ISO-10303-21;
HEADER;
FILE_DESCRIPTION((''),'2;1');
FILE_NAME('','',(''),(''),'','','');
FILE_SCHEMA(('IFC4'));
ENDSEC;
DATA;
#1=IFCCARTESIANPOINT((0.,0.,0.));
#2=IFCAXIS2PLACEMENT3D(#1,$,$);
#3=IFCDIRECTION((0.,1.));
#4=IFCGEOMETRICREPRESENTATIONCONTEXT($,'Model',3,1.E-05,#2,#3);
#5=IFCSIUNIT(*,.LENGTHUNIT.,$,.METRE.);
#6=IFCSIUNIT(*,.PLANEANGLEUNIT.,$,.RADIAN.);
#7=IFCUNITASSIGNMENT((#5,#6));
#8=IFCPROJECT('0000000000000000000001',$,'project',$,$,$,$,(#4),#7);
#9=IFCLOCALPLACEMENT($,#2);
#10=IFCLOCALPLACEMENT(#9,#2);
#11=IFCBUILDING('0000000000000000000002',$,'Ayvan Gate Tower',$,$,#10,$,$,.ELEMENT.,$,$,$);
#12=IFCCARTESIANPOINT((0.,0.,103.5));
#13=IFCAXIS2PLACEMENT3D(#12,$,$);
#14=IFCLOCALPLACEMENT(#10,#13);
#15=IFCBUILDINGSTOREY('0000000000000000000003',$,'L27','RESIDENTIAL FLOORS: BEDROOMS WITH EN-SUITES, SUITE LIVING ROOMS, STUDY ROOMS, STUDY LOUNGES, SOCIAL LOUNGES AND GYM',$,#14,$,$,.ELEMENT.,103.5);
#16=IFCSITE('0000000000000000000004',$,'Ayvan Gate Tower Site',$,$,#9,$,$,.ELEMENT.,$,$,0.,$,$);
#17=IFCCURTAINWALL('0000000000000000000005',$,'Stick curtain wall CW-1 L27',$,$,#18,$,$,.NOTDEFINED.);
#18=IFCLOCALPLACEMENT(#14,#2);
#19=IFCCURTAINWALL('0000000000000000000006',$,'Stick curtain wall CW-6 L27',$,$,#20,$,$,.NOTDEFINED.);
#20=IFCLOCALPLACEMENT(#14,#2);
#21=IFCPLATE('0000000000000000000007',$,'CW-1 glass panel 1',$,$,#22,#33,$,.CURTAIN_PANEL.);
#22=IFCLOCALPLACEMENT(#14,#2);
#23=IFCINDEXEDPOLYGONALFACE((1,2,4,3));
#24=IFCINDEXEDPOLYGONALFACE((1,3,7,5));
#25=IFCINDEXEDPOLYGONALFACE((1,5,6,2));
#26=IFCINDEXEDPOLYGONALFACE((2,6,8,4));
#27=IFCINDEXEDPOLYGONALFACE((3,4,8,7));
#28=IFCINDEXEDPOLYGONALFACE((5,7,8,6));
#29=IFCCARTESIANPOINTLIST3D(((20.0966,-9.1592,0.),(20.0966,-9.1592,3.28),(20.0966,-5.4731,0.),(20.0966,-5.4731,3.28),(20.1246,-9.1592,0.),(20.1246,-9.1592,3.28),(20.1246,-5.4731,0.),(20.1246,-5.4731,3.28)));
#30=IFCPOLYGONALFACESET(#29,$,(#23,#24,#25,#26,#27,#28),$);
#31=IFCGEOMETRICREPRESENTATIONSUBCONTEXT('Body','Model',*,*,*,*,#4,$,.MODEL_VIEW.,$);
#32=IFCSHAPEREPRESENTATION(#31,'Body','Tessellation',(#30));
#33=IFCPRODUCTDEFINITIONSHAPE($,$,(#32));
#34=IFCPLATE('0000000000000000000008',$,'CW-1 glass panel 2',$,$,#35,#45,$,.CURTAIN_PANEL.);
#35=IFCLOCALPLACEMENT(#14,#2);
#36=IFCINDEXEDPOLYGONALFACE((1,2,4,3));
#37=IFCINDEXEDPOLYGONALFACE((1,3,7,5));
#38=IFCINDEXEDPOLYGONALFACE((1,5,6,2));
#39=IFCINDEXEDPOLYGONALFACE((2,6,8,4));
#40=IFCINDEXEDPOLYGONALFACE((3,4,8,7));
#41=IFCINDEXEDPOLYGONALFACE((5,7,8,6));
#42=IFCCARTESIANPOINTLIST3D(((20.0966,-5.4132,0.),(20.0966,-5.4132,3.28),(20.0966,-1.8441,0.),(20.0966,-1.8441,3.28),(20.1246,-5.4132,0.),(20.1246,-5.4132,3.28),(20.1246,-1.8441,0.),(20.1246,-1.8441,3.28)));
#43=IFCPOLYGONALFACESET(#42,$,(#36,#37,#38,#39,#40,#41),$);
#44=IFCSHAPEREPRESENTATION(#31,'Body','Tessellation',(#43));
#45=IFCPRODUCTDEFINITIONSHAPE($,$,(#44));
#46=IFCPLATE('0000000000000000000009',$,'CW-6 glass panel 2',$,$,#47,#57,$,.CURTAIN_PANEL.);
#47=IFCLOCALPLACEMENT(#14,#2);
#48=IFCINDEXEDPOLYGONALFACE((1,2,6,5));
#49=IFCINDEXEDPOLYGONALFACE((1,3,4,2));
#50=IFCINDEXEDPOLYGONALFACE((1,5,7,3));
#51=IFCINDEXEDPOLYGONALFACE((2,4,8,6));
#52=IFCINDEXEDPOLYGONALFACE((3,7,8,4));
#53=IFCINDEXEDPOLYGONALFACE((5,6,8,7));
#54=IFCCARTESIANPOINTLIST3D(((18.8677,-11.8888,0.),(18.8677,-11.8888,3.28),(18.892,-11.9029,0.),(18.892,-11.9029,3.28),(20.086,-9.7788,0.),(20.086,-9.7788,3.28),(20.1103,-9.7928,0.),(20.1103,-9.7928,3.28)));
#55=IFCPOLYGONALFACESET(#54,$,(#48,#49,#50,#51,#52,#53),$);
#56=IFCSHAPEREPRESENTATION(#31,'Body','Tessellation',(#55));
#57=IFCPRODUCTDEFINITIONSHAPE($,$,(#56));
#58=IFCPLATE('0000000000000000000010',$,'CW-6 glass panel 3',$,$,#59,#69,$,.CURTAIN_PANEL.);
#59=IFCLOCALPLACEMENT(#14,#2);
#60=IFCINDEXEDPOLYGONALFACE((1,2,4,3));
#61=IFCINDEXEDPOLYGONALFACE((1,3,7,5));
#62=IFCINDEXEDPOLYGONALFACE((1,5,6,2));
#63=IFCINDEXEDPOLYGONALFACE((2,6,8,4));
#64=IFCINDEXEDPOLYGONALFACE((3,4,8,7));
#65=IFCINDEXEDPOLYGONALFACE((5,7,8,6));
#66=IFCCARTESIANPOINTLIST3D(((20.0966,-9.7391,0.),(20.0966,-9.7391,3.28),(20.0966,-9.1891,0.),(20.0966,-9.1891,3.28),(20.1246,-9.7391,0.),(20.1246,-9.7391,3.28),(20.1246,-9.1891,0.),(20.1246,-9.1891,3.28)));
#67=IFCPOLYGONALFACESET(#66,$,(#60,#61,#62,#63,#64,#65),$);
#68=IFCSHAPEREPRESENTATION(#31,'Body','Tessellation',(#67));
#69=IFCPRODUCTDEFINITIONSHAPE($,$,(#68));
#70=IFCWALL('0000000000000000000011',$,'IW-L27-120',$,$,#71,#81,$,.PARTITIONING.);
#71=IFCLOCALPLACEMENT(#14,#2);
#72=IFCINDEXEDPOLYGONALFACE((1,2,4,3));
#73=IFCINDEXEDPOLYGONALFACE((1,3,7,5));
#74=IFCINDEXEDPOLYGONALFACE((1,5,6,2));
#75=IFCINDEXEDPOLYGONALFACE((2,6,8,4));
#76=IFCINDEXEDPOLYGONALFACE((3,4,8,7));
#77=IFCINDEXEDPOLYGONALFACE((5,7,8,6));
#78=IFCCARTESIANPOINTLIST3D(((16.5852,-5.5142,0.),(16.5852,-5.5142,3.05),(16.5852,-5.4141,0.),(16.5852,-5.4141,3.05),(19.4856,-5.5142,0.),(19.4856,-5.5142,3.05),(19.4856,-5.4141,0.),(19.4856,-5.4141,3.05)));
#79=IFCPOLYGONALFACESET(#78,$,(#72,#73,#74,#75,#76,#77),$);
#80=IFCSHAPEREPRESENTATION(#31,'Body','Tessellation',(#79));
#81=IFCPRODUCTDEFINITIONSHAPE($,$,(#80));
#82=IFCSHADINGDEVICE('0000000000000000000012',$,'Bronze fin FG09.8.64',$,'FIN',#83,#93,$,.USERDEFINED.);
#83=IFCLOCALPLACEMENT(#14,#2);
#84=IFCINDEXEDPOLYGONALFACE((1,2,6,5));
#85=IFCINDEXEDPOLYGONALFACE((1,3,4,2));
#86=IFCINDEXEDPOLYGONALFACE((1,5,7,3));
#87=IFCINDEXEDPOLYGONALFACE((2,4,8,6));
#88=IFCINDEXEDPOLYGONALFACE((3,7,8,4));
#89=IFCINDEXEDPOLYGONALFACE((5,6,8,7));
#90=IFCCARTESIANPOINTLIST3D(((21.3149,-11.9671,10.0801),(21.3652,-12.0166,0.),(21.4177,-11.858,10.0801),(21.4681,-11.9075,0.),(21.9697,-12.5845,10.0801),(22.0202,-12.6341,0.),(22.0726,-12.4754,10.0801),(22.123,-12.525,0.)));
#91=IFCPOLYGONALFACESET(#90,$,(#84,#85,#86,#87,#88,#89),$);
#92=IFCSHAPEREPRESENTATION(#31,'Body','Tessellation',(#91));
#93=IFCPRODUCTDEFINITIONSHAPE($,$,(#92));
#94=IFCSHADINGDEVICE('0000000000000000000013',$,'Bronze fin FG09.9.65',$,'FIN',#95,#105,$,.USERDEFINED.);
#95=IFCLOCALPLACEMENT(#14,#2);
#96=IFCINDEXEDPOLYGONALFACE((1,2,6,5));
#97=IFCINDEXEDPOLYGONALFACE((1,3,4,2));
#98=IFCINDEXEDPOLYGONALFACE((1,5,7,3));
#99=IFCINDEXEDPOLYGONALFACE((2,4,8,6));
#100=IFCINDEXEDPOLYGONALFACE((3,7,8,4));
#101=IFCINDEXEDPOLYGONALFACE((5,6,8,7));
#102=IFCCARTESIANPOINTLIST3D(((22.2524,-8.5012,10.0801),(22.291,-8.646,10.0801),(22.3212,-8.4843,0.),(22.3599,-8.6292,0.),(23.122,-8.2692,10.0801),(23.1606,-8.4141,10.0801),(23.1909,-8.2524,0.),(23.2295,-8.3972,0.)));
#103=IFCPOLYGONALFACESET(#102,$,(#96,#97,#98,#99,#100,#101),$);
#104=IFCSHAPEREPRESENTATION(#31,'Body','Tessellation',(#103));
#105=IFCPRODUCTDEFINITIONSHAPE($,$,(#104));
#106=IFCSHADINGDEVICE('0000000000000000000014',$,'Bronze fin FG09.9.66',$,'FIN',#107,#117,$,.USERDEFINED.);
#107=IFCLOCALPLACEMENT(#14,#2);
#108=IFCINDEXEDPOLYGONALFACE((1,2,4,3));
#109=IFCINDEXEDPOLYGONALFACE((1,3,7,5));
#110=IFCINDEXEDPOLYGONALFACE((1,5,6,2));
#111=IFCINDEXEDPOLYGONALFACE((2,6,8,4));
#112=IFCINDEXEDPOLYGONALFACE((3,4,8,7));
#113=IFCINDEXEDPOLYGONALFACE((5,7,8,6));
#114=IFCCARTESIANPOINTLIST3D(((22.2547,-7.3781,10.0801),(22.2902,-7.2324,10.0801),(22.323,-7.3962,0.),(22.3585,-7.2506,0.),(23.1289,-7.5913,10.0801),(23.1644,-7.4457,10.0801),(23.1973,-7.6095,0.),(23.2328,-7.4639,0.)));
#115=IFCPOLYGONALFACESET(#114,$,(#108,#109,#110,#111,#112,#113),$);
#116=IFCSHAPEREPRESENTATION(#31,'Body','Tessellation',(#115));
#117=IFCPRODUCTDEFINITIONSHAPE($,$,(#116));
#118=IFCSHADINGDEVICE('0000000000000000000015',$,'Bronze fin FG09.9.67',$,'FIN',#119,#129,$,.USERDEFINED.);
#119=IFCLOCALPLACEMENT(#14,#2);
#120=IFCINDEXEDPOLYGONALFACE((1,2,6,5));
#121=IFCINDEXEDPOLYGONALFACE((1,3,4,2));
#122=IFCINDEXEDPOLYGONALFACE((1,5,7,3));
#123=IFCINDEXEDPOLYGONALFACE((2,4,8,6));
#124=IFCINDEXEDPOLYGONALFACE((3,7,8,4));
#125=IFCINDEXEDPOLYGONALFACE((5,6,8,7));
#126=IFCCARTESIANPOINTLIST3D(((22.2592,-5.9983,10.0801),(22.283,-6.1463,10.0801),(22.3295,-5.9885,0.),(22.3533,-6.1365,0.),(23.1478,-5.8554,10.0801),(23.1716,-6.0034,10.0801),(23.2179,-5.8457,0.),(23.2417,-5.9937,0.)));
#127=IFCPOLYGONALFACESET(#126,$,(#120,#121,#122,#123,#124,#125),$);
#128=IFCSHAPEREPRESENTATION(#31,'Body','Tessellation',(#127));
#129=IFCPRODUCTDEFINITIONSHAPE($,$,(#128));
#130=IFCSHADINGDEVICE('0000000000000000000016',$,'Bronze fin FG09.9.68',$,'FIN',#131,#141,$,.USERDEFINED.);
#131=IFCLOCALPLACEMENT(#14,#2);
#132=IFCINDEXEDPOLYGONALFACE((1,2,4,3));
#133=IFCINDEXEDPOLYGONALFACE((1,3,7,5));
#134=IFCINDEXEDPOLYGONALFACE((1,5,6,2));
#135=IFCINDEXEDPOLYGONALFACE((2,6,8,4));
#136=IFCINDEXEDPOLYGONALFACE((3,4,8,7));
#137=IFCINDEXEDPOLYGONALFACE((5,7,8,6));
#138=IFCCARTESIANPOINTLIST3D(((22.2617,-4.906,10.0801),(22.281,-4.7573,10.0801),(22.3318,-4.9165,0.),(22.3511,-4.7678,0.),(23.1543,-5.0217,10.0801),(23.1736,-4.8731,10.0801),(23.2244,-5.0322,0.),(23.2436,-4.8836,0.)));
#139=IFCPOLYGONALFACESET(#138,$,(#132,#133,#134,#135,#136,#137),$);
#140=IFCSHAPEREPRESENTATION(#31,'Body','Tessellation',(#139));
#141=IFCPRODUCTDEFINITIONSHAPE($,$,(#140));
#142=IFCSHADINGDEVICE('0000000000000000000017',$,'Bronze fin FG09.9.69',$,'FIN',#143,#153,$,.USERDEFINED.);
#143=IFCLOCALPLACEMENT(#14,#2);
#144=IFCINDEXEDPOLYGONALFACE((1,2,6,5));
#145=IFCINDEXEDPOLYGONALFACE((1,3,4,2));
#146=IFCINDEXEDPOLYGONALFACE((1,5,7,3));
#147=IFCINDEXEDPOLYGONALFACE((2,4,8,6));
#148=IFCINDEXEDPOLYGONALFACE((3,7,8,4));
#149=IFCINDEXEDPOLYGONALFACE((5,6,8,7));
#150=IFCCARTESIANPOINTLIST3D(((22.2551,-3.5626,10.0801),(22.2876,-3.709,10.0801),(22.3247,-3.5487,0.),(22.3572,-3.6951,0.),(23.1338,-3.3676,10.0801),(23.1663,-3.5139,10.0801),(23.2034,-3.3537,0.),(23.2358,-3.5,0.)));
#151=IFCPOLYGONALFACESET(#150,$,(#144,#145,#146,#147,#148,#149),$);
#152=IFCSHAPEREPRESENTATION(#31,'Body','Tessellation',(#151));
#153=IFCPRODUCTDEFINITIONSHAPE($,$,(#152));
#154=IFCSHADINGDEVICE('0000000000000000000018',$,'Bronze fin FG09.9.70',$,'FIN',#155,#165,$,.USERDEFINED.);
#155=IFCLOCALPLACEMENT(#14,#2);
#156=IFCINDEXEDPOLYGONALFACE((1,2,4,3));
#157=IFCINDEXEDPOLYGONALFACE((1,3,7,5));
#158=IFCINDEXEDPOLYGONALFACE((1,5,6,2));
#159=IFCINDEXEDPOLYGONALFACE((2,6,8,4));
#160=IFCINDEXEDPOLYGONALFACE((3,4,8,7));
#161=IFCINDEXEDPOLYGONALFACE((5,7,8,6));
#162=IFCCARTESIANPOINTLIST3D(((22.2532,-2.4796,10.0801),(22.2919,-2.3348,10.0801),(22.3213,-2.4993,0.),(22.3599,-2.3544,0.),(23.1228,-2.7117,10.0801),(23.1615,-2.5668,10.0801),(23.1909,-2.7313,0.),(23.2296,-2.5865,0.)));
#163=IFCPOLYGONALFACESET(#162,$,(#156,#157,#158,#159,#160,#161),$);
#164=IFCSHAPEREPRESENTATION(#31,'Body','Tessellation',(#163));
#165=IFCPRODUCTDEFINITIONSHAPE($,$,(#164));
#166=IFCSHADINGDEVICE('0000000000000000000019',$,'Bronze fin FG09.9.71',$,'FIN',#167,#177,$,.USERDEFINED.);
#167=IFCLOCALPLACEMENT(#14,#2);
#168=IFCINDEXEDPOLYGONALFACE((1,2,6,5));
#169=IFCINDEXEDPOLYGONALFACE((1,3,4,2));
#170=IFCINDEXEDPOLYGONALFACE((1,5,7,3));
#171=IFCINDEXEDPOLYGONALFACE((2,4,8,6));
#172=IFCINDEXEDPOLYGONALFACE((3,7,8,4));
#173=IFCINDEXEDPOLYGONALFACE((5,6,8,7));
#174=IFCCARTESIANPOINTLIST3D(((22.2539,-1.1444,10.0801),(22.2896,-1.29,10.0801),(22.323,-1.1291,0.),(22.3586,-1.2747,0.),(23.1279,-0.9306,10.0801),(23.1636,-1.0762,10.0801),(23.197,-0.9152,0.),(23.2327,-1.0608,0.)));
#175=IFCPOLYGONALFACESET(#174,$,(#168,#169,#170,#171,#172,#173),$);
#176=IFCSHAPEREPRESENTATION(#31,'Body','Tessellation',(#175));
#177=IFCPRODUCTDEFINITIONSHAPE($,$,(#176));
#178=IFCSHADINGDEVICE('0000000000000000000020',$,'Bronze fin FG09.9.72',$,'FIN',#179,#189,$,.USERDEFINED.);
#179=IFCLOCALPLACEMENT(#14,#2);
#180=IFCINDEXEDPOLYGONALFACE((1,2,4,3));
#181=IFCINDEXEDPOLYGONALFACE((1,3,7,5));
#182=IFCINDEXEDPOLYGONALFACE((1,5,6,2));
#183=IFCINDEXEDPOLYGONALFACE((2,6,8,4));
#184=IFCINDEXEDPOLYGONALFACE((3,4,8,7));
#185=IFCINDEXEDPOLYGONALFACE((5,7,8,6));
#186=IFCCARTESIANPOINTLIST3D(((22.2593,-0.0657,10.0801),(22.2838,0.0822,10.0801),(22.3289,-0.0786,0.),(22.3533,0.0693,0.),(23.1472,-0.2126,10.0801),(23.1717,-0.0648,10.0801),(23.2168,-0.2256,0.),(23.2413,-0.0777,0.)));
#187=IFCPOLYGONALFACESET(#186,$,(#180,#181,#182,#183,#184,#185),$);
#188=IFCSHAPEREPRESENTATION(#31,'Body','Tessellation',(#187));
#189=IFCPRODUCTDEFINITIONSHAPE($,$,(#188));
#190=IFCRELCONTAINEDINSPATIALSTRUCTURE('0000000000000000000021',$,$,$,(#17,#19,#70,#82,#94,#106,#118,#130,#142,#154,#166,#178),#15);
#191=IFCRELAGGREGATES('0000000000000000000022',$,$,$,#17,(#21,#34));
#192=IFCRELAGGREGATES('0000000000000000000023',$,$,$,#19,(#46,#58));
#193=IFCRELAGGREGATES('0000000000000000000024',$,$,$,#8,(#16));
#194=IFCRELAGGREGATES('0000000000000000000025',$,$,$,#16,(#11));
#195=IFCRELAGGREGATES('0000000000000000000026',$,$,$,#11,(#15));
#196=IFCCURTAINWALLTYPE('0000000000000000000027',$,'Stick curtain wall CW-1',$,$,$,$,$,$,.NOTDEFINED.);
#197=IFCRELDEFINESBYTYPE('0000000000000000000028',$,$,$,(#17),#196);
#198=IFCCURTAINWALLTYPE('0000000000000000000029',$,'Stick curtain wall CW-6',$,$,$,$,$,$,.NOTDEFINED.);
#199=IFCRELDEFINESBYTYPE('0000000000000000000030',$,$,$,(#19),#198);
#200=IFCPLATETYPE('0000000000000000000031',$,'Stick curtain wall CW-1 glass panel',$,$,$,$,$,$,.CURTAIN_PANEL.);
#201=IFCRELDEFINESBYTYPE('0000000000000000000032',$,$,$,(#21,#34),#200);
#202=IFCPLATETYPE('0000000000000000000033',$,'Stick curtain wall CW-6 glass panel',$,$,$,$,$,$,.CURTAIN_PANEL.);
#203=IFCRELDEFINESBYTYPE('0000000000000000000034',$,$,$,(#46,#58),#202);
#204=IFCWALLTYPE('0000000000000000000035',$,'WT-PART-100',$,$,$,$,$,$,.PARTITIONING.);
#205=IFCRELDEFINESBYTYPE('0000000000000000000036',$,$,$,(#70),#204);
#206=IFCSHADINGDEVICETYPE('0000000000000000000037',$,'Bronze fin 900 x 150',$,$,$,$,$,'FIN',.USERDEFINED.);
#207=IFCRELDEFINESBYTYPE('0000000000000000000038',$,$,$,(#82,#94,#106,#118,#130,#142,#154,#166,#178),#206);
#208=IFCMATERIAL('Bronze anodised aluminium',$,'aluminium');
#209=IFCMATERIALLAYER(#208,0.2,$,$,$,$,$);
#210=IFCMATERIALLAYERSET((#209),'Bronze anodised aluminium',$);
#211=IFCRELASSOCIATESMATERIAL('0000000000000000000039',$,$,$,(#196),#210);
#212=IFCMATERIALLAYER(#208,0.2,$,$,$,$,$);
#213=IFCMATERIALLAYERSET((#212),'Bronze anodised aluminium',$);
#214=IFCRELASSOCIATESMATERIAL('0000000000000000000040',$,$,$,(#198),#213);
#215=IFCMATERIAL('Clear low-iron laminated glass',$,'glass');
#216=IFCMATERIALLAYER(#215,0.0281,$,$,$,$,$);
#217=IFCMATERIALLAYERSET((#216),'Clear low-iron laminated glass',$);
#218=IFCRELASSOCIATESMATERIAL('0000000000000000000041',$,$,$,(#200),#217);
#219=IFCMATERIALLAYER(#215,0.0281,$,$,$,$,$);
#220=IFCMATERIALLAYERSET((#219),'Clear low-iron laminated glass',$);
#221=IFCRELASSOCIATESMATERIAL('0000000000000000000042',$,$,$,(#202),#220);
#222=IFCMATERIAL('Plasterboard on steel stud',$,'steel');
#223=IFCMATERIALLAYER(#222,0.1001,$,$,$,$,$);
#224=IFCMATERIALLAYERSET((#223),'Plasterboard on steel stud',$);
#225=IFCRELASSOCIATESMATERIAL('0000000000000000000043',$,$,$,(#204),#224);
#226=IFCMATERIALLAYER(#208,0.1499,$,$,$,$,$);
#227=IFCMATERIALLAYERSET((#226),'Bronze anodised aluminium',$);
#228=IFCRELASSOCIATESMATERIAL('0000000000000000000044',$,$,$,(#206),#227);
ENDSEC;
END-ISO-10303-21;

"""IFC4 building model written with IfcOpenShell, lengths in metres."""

from ifc_helpers import new_model, si_unit, direction, frame, frame_2d, origin, origin_2d, place, context, subcontext, project, spatial, polyline, rectangle, outline, extrude, material, layer, layer_set, type_object, element, aggregate, save


model = new_model("IFC4")

# Units and contexts
model_context = context("Model", 3, precision=1e-05, world=origin(), true_north=direction((0.0, 1.0)))
body_context = subcontext(model_context, "Body", "Model", "MODEL_VIEW")
ifc_project = project(units=[si_unit("LENGTHUNIT", "METRE"), si_unit("PLANEANGLEUNIT", "RADIAN")], contexts=[model_context])

# Site, building, storey
site_placement = place(None, origin())
site = spatial("IfcSite", under=ifc_project, at=site_placement, Name="Ayvan Gate Tower Site", CompositionType="ELEMENT", RefElevation=0.0)
building_placement = place(site_placement, origin())
building = spatial("IfcBuilding", under=site, at=building_placement, Name="Ayvan Gate Tower", CompositionType="ELEMENT")
storey_placement = place(building_placement, frame((0.0, 0.0, 103.5)))
storey = spatial("IfcBuildingStorey", under=building, at=storey_placement, Name="L27", Description="RESIDENTIAL FLOORS: BEDROOMS WITH EN-SUITES, SUITE LIVING ROOMS, STUDY ROOMS, STUDY LOUNGES, SOCIAL LOUNGES AND GYM", CompositionType="ELEMENT", Elevation=103.5)

# Curtain walls
ifc_material_1 = material(Name="Bronze anodised aluminium", Category="aluminium")
ifc_layer_1 = layer(ifc_material_1, 0.2)
ifc_layer_set_1 = layer_set([ifc_layer_1], Name="Bronze anodised aluminium")
curtain_wall_type_1 = type_object("IfcCurtainWallType", Name="Stick curtain wall CW-1", PredefinedType="NOTDEFINED", material=ifc_layer_set_1)
curtain_wall_1_placement = place(storey_placement, origin())
curtain_wall_1 = element("IfcCurtainWall", 1, at=curtain_wall_1_placement, inside=storey, type_object=curtain_wall_type_1, Name="Stick curtain wall CW-1 L27", PredefinedType="NOTDEFINED")
ifc_layer_2 = layer(ifc_material_1, 0.2)
ifc_layer_set_2 = layer_set([ifc_layer_2], Name="Bronze anodised aluminium")
curtain_wall_type_2 = type_object("IfcCurtainWallType", Name="Stick curtain wall CW-6", PredefinedType="NOTDEFINED", material=ifc_layer_set_2)
curtain_wall_2_placement = place(storey_placement, origin())
curtain_wall_2 = element("IfcCurtainWall", 2, at=curtain_wall_2_placement, inside=storey, type_object=curtain_wall_type_2, Name="Stick curtain wall CW-6 L27", PredefinedType="NOTDEFINED")

# Plates
ifc_material_2 = material(Name="Clear low-iron laminated glass", Category="glass")
ifc_layer_3 = layer(ifc_material_2, 0.0281)
ifc_layer_set_3 = layer_set([ifc_layer_3], Name="Clear low-iron laminated glass")
plate_type_1 = type_object("IfcPlateType", Name="Stick curtain wall CW-1 glass panel", PredefinedType="CURTAIN_PANEL", material=ifc_layer_set_3)
plate_1_placement = place(storey_placement, frame((20.1106, -7.3162, 0.0), z_axis=(0.0, 0.0, 1.0), x_axis=(0.0, 1.0, 0.0)))
plate_1 = element("IfcPlate", 3, at=plate_1_placement, type_object=plate_type_1, Name="CW-1 glass panel 1", PredefinedType="CURTAIN_PANEL", context=body_context, shape_type="SweptSolid", body=[
    extrude(rectangle(XDim=3.686, YDim=0.0281, at=origin_2d()), origin(), (0.0, 0.0, 1.0), 3.28),
])
plate_2_placement = place(storey_placement, frame((20.1106, -3.6287, 0.0), z_axis=(0.0, 0.0, 1.0), x_axis=(0.0, 1.0, 0.0)))
plate_2 = element("IfcPlate", 4, at=plate_2_placement, type_object=plate_type_1, Name="CW-1 glass panel 2", PredefinedType="CURTAIN_PANEL", context=body_context, shape_type="SweptSolid", body=[
    extrude(rectangle(XDim=3.5691, YDim=0.0281, at=origin_2d()), origin(), (0.0, 0.0, 1.0), 3.28),
])
aggregate(curtain_wall_1, [plate_1, plate_2])
ifc_layer_4 = layer(ifc_material_2, 0.0281)
ifc_layer_set_4 = layer_set([ifc_layer_4], Name="Clear low-iron laminated glass")
plate_type_2 = type_object("IfcPlateType", Name="Stick curtain wall CW-6 glass panel", PredefinedType="CURTAIN_PANEL", material=ifc_layer_set_4)
plate_3_placement = place(storey_placement, frame((19.489, -10.8408, 0.0), z_axis=(0.0, 0.0, 1.0), x_axis=(0.5, 0.866025, 0.0)))
plate_3 = element("IfcPlate", 5, at=plate_3_placement, type_object=plate_type_2, Name="CW-6 glass panel 2", PredefinedType="CURTAIN_PANEL", context=body_context, shape_type="SweptSolid", body=[
    extrude(rectangle(XDim=2.4365, YDim=0.0281, at=origin_2d()), origin(), (0.0, 0.0, 1.0), 3.28),
])
plate_4_placement = place(storey_placement, frame((20.1106, -9.4641, 0.0), z_axis=(0.0, 0.0, 1.0), x_axis=(0.0, 1.0, 0.0)))
plate_4 = element("IfcPlate", 6, at=plate_4_placement, type_object=plate_type_2, Name="CW-6 glass panel 3", PredefinedType="CURTAIN_PANEL", context=body_context, shape_type="SweptSolid", body=[
    extrude(rectangle(XDim=0.55, YDim=0.0281, at=origin_2d()), origin(), (0.0, 0.0, 1.0), 3.28),
])
aggregate(curtain_wall_2, [plate_3, plate_4])

# Wall
ifc_material_3 = material(Name="Plasterboard on steel stud", Category="steel")
ifc_layer_5 = layer(ifc_material_3, 0.1001)
ifc_layer_set_5 = layer_set([ifc_layer_5], Name="Plasterboard on steel stud")
wall_type = type_object("IfcWallType", Name="WT-PART-100", PredefinedType="PARTITIONING", material=ifc_layer_set_5)
wall_placement = place(storey_placement, frame((19.4856, -5.4641, 0.0), z_axis=(0.0, 0.0, 1.0), x_axis=(-1.0, 0.0, 0.0)))
element("IfcWall", 7, at=wall_placement, inside=storey, type_object=wall_type, Name="IW-L27-120", PredefinedType="PARTITIONING", context=body_context, shape_type="SweptSolid", body=[
    extrude(rectangle(XDim=2.9004, YDim=0.1001, at=frame_2d((1.4502, 0.0))), origin(), (0.0, 0.0, 1.0), 3.05),
])

# Shading devices
ifc_layer_6 = layer(ifc_material_1, 0.1499)
ifc_layer_set_6 = layer_set([ifc_layer_6], Name="Bronze anodised aluminium")
shading_device_type = type_object("IfcShadingDeviceType", Name="Bronze fin 900 x 150", ElementType="FIN", PredefinedType="USERDEFINED", material=ifc_layer_set_6)
shading_device_1_placement = place(storey_placement, frame((21.3652, -12.0166, 0.0), z_axis=(-0.685982, -0.727618, 0.000147), x_axis=(0.727618, -0.685982, 0.0)))
element("IfcShadingDevice", 8, at=shading_device_1_placement, inside=storey, type_object=shading_device_type, Name="Bronze fin FG09.8.64", ObjectType="FIN", PredefinedType="USERDEFINED", context=body_context, shape_type="SweptSolid", body=[
    extrude(outline(polyline([(0.0, 0.0), (0.9002, 0.0), (0.8294, 10.0801), (-0.0706, 10.0801), (0.0, 0.0)])), origin(), (0.0, 0.0, -1.0), 0.1499),
])
shading_device_2_placement = place(storey_placement, frame((22.3599, -8.6292, 0.0), z_axis=(0.257696, -0.966226, 0.000145), x_axis=(0.966226, 0.257696, 0.0)))
element("IfcShadingDevice", 9, at=shading_device_2_placement, inside=storey, type_object=shading_device_type, Name="Bronze fin FG09.9.65", ObjectType="FIN", PredefinedType="USERDEFINED", context=body_context, shape_type="SweptSolid", body=[
    extrude(outline(polyline([(0.0, 0.0), (0.9, 0.0), (0.8292, 10.0801), (-0.0709, 10.0801), (0.0, 0.0)])), origin(), (0.0, 0.0, -1.0), 0.1499),
])
shading_device_3_placement = place(storey_placement, frame((22.323, -7.3962, 0.0), z_axis=(-0.236978, -0.971515, 0.000146), x_axis=(0.971515, -0.236978, 0.0)))
element("IfcShadingDevice", 10, at=shading_device_3_placement, inside=storey, type_object=shading_device_type, Name="Bronze fin FG09.9.66", ObjectType="FIN", PredefinedType="USERDEFINED", context=body_context, shape_type="SweptSolid", body=[
    extrude(outline(polyline([(0.0, 0.0), (0.8999, 0.0), (0.8292, 10.0801), (-0.0707, 10.0801), (0.0, 0.0)])), origin(), (0.0, 0.0, -1.0), 0.1499),
])
shading_device_4_placement = place(storey_placement, frame((22.3533, -6.1365, 0.0), z_axis=(0.158699, -0.987327, 0.000149), x_axis=(0.987327, 0.158699, 0.0)))
element("IfcShadingDevice", 11, at=shading_device_4_placement, inside=storey, type_object=shading_device_type, Name="Bronze fin FG09.9.67", ObjectType="FIN", PredefinedType="USERDEFINED", context=body_context, shape_type="SweptSolid", body=[
    extrude(outline(polyline([(0.0, 0.0), (0.8998, 0.0), (0.8291, 10.0801), (-0.071, 10.0801), (0.0, 0.0)])), origin(), (0.0, 0.0, -1.0), 0.1499),
])
shading_device_5_placement = place(storey_placement, frame((22.3318, -4.9165, 0.0), z_axis=(-0.128574, -0.9917, 0.000139), x_axis=(0.9917, -0.128574, 0.0)))
element("IfcShadingDevice", 12, at=shading_device_5_placement, inside=storey, type_object=shading_device_type, Name="Bronze fin FG09.9.68", ObjectType="FIN", PredefinedType="USERDEFINED", context=body_context, shape_type="SweptSolid", body=[
    extrude(outline(polyline([(0.0, 0.0), (0.9, 0.0), (0.8292, 10.0801), (-0.0708, 10.0801), (0.0, 0.0)])), origin(), (0.0, 0.0, -1.0), 0.1499),
])
shading_device_6_placement = place(storey_placement, frame((22.3572, -3.6951, 0.0), z_axis=(0.216729, -0.976232, 0.000148), x_axis=(0.976232, 0.216729, 0.0)))
element("IfcShadingDevice", 13, at=shading_device_6_placement, inside=storey, type_object=shading_device_type, Name="Bronze fin FG09.9.69", ObjectType="FIN", PredefinedType="USERDEFINED", context=body_context, shape_type="SweptSolid", body=[
    extrude(outline(polyline([(0.0, 0.0), (0.9001, 0.0), (0.8291, 10.0801), (-0.0709, 10.0801), (0.0, 0.0)])), origin(), (0.0, 0.0, -1.0), 0.1499),
])
shading_device_7_placement = place(storey_placement, frame((22.3213, -2.4993, 0.0), z_axis=(-0.257823, -0.966192, 0.000142), x_axis=(0.966192, -0.257823, 0.0)))
element("IfcShadingDevice", 14, at=shading_device_7_placement, inside=storey, type_object=shading_device_type, Name="Bronze fin FG09.9.70", ObjectType="FIN", PredefinedType="USERDEFINED", context=body_context, shape_type="SweptSolid", body=[
    extrude(outline(polyline([(0.0, 0.0), (0.9001, 0.0), (0.8292, 10.0801), (-0.0708, 10.0801), (0.0, 0.0)])), origin(), (0.0, 0.0, -1.0), 0.1499),
])
shading_device_8_placement = place(storey_placement, frame((22.3586, -1.2747, 0.0), z_axis=(0.237681, -0.971343, 0.000147), x_axis=(0.971343, 0.237681, 0.0)))
element("IfcShadingDevice", 15, at=shading_device_8_placement, inside=storey, type_object=shading_device_type, Name="Bronze fin FG09.9.71", ObjectType="FIN", PredefinedType="USERDEFINED", context=body_context, shape_type="SweptSolid", body=[
    extrude(outline(polyline([(0.0, 0.0), (0.8998, 0.0), (0.829, 10.0801), (-0.0708, 10.0801), (0.0, 0.0)])), origin(), (0.0, 0.0, -1.0), 0.1499),
])
shading_device_9_placement = place(storey_placement, frame((22.3289, -0.0786, 0.0), z_axis=(-0.163299, -0.986577, 0.000139), x_axis=(0.986577, -0.163299, 0.0)))
element("IfcShadingDevice", 16, at=shading_device_9_placement, inside=storey, type_object=shading_device_type, Name="Bronze fin FG09.9.72", ObjectType="FIN", PredefinedType="USERDEFINED", context=body_context, shape_type="SweptSolid", body=[
    extrude(outline(polyline([(0.0, 0.0), (0.9, 0.0), (0.8293, 10.0801), (-0.0708, 10.0801), (0.0, 0.0)])), origin(), (0.0, 0.0, -1.0), 0.1499),
])

save(model, "model.ifc")
